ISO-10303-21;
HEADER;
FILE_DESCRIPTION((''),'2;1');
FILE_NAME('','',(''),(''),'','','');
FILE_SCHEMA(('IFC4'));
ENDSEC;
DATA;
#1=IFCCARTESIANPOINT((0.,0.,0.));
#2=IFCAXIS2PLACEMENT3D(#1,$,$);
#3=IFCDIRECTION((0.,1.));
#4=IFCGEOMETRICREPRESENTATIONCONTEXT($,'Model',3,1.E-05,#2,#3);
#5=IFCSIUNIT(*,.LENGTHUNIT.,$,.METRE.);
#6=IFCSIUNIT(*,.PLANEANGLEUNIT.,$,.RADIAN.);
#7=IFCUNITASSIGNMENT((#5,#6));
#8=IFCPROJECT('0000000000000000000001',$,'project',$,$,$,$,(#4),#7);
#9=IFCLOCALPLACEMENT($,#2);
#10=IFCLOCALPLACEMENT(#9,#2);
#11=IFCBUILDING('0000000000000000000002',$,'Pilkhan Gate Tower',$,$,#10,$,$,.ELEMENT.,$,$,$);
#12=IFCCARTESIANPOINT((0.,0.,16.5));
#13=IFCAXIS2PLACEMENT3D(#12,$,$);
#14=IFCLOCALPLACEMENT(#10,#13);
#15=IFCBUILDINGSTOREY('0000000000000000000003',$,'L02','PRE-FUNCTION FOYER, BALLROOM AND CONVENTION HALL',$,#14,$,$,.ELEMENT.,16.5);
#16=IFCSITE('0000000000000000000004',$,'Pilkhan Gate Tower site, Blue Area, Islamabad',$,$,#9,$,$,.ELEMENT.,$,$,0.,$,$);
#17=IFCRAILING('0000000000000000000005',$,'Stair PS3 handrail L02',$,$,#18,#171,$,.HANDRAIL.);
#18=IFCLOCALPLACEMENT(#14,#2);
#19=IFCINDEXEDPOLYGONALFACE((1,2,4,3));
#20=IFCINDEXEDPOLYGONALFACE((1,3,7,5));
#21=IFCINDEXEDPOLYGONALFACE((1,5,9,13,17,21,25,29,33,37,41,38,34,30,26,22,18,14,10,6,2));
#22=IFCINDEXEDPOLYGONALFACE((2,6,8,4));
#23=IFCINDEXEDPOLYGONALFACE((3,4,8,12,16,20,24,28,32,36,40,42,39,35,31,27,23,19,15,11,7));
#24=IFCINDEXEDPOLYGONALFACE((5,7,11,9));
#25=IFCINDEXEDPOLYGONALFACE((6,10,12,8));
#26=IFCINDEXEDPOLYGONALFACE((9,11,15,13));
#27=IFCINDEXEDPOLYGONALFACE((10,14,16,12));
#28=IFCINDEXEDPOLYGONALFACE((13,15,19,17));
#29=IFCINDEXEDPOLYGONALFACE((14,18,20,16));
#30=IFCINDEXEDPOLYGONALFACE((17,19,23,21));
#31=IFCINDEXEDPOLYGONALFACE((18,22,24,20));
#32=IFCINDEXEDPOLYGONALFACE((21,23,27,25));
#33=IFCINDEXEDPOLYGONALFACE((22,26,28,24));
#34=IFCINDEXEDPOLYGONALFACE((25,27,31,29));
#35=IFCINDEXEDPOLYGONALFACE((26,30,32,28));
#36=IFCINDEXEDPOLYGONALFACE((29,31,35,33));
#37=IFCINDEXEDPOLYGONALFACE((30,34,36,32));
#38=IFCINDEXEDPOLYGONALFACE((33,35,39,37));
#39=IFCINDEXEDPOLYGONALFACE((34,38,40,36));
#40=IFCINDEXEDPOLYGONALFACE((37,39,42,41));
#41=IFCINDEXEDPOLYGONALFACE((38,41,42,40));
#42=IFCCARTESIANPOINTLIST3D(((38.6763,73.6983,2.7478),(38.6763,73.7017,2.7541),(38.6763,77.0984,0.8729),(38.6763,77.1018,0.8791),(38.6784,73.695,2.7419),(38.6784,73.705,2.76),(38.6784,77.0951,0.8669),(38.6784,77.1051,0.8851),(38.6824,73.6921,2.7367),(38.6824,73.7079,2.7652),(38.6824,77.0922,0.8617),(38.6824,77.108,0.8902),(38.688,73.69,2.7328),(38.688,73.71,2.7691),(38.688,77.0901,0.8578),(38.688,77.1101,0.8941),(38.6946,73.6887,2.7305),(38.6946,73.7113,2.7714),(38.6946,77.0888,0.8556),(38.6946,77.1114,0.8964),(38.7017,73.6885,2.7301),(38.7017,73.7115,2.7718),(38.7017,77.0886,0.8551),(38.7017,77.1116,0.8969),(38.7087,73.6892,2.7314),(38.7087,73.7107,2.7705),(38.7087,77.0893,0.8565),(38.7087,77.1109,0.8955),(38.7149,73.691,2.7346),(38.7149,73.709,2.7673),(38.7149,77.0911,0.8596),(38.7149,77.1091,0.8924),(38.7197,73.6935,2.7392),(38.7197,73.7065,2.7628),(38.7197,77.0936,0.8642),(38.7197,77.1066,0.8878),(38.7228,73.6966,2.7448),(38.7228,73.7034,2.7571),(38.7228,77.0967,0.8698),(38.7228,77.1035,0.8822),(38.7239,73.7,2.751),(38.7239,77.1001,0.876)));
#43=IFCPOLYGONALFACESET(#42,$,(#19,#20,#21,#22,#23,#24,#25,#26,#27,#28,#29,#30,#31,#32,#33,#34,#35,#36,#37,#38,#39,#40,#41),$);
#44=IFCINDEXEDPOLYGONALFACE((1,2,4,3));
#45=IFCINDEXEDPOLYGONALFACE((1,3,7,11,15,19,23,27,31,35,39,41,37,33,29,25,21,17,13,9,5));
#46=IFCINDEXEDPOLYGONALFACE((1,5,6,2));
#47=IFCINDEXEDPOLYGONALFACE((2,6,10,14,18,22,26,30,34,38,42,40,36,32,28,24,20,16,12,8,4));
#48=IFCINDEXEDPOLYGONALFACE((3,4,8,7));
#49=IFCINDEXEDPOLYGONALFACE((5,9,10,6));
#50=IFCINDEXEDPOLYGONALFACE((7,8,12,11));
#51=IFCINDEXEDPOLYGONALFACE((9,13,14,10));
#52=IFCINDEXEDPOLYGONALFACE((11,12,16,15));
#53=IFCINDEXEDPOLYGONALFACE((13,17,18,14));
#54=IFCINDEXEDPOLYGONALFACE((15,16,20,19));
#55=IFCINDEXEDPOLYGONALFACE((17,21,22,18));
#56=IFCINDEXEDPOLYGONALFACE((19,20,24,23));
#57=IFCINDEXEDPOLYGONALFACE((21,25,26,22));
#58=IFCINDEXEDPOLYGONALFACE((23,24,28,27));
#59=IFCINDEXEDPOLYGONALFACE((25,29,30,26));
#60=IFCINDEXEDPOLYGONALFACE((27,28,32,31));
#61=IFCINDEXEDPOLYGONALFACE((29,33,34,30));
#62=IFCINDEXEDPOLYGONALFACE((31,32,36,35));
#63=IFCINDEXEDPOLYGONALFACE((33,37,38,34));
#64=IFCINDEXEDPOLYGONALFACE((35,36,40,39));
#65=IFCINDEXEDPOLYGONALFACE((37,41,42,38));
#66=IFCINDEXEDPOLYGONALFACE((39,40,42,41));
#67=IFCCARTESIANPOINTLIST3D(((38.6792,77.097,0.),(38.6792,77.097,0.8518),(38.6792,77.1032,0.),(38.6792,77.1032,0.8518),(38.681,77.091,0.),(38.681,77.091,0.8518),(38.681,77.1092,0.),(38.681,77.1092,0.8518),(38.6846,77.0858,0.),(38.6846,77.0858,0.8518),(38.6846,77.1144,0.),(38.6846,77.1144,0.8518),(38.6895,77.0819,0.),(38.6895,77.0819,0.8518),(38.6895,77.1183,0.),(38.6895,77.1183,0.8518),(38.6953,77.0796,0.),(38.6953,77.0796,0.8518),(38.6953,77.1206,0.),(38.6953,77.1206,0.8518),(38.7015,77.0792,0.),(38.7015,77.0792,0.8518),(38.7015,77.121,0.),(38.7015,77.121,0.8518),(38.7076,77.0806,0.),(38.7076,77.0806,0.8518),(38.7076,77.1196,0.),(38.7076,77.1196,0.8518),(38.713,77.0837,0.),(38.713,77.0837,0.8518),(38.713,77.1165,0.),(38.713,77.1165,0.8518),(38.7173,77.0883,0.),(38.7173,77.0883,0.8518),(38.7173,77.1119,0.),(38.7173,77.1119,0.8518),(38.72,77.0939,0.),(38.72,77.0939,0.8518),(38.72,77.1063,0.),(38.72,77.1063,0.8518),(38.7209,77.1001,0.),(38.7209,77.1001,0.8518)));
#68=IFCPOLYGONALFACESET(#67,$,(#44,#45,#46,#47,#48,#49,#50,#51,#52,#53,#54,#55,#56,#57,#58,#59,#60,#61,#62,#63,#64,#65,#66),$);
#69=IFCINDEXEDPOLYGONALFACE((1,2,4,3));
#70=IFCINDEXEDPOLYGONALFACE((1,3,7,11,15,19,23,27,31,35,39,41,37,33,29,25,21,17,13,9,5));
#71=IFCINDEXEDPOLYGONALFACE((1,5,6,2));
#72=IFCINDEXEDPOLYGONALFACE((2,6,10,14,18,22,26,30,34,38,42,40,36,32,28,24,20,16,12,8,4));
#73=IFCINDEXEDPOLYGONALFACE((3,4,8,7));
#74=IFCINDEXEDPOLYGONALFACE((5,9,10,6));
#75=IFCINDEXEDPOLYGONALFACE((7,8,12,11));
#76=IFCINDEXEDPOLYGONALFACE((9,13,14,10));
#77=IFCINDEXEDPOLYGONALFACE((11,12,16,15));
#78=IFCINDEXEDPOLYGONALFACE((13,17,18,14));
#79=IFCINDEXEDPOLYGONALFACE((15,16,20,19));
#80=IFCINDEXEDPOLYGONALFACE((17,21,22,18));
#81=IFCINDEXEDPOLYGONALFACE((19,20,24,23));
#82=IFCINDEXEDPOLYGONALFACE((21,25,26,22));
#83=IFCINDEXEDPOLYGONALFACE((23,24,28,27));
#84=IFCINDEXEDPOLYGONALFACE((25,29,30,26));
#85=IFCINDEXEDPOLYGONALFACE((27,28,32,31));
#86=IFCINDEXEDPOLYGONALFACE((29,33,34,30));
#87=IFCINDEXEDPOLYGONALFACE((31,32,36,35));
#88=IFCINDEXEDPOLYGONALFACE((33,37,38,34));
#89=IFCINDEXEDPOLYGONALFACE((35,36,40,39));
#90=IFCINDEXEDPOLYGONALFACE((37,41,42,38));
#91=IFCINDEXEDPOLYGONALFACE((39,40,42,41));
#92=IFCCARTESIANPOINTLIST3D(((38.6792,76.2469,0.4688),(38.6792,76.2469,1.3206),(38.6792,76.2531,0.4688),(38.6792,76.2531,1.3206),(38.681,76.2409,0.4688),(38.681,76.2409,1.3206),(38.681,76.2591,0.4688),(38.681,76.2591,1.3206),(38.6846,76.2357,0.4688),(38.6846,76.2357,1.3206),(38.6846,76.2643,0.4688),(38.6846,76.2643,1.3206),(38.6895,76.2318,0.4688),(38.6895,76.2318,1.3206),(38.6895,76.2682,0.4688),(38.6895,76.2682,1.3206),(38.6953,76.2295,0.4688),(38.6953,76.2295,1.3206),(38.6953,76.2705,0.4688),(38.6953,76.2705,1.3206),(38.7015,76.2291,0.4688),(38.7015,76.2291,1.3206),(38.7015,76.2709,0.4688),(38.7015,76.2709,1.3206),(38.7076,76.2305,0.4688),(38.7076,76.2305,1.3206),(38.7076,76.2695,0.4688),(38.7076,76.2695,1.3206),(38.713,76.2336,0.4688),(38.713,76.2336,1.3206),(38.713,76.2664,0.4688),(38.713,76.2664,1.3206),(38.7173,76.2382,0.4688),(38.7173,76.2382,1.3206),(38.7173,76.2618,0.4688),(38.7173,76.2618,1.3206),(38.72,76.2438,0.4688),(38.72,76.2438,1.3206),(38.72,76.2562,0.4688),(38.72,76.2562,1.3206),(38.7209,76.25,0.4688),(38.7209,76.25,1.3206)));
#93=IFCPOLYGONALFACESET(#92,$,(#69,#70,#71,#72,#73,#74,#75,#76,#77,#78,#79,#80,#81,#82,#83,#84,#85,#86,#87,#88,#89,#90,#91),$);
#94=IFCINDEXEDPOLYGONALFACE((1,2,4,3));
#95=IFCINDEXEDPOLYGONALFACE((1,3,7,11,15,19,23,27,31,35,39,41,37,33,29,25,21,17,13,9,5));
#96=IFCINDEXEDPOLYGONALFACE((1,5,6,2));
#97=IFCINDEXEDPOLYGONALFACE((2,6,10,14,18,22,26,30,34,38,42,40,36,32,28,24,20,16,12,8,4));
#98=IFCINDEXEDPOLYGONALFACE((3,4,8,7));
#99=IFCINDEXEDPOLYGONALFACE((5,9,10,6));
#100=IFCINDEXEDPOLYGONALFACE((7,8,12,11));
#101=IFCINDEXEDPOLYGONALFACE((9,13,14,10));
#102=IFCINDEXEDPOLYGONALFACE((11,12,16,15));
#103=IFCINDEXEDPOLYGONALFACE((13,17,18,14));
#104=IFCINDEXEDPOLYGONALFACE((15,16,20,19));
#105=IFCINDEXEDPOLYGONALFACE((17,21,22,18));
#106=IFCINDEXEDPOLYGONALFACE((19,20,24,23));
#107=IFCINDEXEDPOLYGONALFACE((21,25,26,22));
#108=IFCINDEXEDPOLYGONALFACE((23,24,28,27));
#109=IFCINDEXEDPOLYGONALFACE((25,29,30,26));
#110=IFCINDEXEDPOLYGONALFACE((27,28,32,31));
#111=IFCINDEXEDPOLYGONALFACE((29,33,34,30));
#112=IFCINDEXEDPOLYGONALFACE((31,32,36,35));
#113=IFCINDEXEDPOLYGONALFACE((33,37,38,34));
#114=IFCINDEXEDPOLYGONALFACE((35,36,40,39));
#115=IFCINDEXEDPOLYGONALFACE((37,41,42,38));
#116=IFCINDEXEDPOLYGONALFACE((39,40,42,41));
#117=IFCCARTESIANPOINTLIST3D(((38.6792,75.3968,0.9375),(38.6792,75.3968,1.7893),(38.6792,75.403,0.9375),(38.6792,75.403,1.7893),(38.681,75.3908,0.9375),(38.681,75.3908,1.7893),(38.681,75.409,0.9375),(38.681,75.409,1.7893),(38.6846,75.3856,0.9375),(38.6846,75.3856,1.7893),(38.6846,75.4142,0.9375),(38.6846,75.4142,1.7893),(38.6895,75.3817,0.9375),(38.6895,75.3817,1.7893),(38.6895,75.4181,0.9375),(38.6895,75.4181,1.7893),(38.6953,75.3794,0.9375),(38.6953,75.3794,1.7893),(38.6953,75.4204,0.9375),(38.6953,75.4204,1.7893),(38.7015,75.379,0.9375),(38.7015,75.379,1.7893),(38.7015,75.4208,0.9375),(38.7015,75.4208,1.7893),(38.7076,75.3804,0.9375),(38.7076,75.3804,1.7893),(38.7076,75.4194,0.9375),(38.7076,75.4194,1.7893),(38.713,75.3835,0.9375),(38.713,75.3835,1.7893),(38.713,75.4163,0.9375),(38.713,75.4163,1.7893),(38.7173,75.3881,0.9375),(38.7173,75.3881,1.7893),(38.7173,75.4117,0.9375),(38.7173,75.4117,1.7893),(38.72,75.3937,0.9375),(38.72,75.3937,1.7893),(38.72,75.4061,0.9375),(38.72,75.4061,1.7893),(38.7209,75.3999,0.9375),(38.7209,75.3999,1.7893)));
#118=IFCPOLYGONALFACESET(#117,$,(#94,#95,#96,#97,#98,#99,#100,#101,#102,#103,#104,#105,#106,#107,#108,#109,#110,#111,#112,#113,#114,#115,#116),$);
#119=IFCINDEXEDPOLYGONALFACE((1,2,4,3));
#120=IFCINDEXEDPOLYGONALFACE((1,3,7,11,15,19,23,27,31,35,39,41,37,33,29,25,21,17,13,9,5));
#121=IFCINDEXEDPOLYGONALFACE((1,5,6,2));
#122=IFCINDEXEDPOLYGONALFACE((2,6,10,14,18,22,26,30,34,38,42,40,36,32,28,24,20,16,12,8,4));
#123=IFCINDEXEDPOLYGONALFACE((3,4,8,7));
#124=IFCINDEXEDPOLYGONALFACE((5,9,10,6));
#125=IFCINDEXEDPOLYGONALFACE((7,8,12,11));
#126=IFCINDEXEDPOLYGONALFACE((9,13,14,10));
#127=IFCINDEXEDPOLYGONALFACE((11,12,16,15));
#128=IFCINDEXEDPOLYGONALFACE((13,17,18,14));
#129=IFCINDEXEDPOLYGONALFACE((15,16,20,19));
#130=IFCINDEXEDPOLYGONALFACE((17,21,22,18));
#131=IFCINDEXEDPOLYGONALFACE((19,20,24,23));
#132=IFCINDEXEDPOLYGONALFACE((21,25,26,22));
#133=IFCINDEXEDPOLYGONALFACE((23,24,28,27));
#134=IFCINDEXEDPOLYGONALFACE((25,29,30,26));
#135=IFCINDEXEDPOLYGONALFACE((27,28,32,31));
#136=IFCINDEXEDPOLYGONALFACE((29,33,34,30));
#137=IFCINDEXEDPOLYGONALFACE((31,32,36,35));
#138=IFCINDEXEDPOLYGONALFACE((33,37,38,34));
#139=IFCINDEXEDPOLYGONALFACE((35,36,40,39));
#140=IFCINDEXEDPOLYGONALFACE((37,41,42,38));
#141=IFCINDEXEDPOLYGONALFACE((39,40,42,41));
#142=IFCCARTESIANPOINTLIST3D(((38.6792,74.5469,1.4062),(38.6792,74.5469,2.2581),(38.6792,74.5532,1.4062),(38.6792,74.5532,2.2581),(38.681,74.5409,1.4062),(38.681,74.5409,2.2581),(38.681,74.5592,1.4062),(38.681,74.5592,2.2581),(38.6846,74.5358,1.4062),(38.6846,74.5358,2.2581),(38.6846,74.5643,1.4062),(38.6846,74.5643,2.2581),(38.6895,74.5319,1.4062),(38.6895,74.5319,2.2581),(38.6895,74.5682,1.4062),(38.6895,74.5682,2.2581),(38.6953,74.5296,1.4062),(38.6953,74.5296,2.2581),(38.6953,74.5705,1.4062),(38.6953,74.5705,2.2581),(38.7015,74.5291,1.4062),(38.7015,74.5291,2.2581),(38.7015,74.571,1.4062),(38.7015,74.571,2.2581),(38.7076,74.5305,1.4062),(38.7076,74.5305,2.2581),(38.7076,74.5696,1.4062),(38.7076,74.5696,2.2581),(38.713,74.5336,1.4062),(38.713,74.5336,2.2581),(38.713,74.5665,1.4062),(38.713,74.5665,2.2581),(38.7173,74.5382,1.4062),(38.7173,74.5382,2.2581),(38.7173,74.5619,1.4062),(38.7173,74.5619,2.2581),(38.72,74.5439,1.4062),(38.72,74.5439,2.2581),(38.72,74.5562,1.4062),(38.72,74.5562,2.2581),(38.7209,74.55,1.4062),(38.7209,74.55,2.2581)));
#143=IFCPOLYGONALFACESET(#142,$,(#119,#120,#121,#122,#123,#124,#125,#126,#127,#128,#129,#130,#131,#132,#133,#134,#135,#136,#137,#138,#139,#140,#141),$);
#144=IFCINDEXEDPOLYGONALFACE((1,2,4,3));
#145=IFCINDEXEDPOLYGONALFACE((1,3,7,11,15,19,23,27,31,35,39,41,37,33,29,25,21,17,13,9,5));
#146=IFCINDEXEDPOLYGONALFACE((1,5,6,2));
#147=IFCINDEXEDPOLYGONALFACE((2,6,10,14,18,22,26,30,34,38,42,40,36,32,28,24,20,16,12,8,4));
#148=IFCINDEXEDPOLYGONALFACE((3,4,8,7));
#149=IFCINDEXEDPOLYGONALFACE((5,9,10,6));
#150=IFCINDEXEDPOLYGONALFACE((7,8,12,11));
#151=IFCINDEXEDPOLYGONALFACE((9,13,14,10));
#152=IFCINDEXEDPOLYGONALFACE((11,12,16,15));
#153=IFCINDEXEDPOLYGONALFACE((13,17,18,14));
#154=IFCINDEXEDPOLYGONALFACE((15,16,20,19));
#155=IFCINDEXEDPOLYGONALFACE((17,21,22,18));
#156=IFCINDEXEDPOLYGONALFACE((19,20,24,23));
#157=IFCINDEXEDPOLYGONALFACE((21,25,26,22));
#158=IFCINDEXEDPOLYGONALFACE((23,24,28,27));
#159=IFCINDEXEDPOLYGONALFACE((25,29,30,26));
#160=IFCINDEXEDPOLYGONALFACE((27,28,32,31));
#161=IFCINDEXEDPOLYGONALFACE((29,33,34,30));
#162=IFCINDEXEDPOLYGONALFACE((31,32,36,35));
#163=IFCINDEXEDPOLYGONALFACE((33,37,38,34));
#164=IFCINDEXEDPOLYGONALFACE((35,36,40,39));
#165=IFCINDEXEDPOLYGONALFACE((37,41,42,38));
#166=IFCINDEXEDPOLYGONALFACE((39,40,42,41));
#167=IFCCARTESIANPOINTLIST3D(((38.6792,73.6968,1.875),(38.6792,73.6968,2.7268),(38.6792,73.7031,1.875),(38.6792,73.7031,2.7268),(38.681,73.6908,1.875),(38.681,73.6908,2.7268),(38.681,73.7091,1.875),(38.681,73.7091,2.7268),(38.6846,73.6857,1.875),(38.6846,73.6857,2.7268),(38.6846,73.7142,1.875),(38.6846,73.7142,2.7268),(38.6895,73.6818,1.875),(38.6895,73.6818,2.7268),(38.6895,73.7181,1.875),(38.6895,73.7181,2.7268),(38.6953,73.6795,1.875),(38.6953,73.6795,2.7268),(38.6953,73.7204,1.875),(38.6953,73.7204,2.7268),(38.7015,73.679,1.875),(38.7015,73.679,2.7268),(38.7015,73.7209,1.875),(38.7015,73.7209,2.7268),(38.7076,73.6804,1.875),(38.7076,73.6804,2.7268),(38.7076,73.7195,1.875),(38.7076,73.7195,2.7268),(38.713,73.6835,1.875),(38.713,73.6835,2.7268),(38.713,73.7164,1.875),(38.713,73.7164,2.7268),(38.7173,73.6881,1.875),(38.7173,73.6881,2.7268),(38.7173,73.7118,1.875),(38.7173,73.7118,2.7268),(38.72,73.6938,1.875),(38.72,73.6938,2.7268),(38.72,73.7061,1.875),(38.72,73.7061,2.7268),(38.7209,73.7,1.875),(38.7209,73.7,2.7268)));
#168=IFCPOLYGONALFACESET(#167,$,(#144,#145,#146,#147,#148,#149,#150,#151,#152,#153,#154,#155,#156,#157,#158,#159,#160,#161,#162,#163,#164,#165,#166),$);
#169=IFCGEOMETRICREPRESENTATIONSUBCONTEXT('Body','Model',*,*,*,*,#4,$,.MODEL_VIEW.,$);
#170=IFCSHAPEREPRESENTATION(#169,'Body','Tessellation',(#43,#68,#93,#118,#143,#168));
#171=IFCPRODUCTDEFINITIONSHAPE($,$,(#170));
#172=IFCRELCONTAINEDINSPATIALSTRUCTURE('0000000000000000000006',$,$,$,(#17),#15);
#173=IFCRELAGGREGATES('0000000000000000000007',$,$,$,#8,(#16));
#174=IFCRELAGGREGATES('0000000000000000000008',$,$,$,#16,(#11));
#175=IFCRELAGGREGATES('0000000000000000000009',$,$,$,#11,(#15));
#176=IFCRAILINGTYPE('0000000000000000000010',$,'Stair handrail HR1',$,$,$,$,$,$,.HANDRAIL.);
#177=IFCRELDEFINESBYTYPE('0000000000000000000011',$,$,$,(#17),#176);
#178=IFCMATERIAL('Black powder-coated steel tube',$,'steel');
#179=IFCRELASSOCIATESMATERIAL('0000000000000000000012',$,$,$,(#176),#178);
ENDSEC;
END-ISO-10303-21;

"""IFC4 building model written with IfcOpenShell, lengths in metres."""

from ifc_helpers import new_model, si_unit, direction, frame, origin, origin_2d, place, context, subcontext, project, spatial, circle, extrude, material, type_object, element, save


model = new_model("IFC4")

# Units and contexts
model_context = context("Model", 3, precision=1e-05, world=origin(), true_north=direction((0.0, 1.0)))
body_context = subcontext(model_context, "Body", "Model", "MODEL_VIEW")
ifc_project = project(units=[si_unit("LENGTHUNIT", "METRE"), si_unit("PLANEANGLEUNIT", "RADIAN")], contexts=[model_context])

# Site, building, storey
site_placement = place(None, origin())
site = spatial("IfcSite", under=ifc_project, at=site_placement, Name="Pilkhan Gate Tower site, Blue Area, Islamabad", CompositionType="ELEMENT", RefElevation=0.0)
building_placement = place(site_placement, origin())
building = spatial("IfcBuilding", under=site, at=building_placement, Name="Pilkhan Gate Tower", CompositionType="ELEMENT")
storey_placement = place(building_placement, frame((0.0, 0.0, 16.5)))
storey = spatial("IfcBuildingStorey", under=building, at=storey_placement, Name="L02", Description="PRE-FUNCTION FOYER, BALLROOM AND CONVENTION HALL", CompositionType="ELEMENT", Elevation=16.5)

# Railing
ifc_material_1 = material(Name="Black powder-coated steel tube", Category="steel")
railing_type_1 = type_object("IfcRailingType", Name="Stair handrail HR1", PredefinedType="HANDRAIL", material=ifc_material_1)
for number, where, name in (
    (1, (38.7, 77.1001, 0.0), "Stair PS3 handrail L02"),
):
    element("IfcRailing", number, at=place(storey_placement, frame(where)), inside=storey, type_object=railing_type_1, Name=name, PredefinedType="HANDRAIL", context=body_context, shape_type="SweptSolid", body=[
        extrude(circle(Radius=0.0239, at=origin_2d()), frame((0.0, 0.0, 0.876), z_axis=(0.0, -0.87568, 0.482891), x_axis=(1.0, 0.0, 0.0)), (0.0, 0.0, 1.0), 3.8828),
        extrude(circle(Radius=0.021, at=origin_2d()), origin(), (0.0, 0.0, 1.0), 0.8518),
        extrude(circle(Radius=0.021, at=origin_2d()), frame((0.0, -0.8501, 0.4688)), (0.0, 0.0, 1.0), 0.8518),
        extrude(circle(Radius=0.021, at=origin_2d()), frame((0.0, -1.7002, 0.9375)), (0.0, 0.0, 1.0), 0.8518),
        extrude(circle(Radius=0.021, at=origin_2d()), frame((0.0, -2.55, 1.4062)), (0.0, 0.0, 1.0), 0.8518),
        extrude(circle(Radius=0.021, at=origin_2d()), frame((0.0, -3.4001, 1.875)), (0.0, 0.0, 1.0), 0.8518),
    ])

save(model, "model.ifc")
